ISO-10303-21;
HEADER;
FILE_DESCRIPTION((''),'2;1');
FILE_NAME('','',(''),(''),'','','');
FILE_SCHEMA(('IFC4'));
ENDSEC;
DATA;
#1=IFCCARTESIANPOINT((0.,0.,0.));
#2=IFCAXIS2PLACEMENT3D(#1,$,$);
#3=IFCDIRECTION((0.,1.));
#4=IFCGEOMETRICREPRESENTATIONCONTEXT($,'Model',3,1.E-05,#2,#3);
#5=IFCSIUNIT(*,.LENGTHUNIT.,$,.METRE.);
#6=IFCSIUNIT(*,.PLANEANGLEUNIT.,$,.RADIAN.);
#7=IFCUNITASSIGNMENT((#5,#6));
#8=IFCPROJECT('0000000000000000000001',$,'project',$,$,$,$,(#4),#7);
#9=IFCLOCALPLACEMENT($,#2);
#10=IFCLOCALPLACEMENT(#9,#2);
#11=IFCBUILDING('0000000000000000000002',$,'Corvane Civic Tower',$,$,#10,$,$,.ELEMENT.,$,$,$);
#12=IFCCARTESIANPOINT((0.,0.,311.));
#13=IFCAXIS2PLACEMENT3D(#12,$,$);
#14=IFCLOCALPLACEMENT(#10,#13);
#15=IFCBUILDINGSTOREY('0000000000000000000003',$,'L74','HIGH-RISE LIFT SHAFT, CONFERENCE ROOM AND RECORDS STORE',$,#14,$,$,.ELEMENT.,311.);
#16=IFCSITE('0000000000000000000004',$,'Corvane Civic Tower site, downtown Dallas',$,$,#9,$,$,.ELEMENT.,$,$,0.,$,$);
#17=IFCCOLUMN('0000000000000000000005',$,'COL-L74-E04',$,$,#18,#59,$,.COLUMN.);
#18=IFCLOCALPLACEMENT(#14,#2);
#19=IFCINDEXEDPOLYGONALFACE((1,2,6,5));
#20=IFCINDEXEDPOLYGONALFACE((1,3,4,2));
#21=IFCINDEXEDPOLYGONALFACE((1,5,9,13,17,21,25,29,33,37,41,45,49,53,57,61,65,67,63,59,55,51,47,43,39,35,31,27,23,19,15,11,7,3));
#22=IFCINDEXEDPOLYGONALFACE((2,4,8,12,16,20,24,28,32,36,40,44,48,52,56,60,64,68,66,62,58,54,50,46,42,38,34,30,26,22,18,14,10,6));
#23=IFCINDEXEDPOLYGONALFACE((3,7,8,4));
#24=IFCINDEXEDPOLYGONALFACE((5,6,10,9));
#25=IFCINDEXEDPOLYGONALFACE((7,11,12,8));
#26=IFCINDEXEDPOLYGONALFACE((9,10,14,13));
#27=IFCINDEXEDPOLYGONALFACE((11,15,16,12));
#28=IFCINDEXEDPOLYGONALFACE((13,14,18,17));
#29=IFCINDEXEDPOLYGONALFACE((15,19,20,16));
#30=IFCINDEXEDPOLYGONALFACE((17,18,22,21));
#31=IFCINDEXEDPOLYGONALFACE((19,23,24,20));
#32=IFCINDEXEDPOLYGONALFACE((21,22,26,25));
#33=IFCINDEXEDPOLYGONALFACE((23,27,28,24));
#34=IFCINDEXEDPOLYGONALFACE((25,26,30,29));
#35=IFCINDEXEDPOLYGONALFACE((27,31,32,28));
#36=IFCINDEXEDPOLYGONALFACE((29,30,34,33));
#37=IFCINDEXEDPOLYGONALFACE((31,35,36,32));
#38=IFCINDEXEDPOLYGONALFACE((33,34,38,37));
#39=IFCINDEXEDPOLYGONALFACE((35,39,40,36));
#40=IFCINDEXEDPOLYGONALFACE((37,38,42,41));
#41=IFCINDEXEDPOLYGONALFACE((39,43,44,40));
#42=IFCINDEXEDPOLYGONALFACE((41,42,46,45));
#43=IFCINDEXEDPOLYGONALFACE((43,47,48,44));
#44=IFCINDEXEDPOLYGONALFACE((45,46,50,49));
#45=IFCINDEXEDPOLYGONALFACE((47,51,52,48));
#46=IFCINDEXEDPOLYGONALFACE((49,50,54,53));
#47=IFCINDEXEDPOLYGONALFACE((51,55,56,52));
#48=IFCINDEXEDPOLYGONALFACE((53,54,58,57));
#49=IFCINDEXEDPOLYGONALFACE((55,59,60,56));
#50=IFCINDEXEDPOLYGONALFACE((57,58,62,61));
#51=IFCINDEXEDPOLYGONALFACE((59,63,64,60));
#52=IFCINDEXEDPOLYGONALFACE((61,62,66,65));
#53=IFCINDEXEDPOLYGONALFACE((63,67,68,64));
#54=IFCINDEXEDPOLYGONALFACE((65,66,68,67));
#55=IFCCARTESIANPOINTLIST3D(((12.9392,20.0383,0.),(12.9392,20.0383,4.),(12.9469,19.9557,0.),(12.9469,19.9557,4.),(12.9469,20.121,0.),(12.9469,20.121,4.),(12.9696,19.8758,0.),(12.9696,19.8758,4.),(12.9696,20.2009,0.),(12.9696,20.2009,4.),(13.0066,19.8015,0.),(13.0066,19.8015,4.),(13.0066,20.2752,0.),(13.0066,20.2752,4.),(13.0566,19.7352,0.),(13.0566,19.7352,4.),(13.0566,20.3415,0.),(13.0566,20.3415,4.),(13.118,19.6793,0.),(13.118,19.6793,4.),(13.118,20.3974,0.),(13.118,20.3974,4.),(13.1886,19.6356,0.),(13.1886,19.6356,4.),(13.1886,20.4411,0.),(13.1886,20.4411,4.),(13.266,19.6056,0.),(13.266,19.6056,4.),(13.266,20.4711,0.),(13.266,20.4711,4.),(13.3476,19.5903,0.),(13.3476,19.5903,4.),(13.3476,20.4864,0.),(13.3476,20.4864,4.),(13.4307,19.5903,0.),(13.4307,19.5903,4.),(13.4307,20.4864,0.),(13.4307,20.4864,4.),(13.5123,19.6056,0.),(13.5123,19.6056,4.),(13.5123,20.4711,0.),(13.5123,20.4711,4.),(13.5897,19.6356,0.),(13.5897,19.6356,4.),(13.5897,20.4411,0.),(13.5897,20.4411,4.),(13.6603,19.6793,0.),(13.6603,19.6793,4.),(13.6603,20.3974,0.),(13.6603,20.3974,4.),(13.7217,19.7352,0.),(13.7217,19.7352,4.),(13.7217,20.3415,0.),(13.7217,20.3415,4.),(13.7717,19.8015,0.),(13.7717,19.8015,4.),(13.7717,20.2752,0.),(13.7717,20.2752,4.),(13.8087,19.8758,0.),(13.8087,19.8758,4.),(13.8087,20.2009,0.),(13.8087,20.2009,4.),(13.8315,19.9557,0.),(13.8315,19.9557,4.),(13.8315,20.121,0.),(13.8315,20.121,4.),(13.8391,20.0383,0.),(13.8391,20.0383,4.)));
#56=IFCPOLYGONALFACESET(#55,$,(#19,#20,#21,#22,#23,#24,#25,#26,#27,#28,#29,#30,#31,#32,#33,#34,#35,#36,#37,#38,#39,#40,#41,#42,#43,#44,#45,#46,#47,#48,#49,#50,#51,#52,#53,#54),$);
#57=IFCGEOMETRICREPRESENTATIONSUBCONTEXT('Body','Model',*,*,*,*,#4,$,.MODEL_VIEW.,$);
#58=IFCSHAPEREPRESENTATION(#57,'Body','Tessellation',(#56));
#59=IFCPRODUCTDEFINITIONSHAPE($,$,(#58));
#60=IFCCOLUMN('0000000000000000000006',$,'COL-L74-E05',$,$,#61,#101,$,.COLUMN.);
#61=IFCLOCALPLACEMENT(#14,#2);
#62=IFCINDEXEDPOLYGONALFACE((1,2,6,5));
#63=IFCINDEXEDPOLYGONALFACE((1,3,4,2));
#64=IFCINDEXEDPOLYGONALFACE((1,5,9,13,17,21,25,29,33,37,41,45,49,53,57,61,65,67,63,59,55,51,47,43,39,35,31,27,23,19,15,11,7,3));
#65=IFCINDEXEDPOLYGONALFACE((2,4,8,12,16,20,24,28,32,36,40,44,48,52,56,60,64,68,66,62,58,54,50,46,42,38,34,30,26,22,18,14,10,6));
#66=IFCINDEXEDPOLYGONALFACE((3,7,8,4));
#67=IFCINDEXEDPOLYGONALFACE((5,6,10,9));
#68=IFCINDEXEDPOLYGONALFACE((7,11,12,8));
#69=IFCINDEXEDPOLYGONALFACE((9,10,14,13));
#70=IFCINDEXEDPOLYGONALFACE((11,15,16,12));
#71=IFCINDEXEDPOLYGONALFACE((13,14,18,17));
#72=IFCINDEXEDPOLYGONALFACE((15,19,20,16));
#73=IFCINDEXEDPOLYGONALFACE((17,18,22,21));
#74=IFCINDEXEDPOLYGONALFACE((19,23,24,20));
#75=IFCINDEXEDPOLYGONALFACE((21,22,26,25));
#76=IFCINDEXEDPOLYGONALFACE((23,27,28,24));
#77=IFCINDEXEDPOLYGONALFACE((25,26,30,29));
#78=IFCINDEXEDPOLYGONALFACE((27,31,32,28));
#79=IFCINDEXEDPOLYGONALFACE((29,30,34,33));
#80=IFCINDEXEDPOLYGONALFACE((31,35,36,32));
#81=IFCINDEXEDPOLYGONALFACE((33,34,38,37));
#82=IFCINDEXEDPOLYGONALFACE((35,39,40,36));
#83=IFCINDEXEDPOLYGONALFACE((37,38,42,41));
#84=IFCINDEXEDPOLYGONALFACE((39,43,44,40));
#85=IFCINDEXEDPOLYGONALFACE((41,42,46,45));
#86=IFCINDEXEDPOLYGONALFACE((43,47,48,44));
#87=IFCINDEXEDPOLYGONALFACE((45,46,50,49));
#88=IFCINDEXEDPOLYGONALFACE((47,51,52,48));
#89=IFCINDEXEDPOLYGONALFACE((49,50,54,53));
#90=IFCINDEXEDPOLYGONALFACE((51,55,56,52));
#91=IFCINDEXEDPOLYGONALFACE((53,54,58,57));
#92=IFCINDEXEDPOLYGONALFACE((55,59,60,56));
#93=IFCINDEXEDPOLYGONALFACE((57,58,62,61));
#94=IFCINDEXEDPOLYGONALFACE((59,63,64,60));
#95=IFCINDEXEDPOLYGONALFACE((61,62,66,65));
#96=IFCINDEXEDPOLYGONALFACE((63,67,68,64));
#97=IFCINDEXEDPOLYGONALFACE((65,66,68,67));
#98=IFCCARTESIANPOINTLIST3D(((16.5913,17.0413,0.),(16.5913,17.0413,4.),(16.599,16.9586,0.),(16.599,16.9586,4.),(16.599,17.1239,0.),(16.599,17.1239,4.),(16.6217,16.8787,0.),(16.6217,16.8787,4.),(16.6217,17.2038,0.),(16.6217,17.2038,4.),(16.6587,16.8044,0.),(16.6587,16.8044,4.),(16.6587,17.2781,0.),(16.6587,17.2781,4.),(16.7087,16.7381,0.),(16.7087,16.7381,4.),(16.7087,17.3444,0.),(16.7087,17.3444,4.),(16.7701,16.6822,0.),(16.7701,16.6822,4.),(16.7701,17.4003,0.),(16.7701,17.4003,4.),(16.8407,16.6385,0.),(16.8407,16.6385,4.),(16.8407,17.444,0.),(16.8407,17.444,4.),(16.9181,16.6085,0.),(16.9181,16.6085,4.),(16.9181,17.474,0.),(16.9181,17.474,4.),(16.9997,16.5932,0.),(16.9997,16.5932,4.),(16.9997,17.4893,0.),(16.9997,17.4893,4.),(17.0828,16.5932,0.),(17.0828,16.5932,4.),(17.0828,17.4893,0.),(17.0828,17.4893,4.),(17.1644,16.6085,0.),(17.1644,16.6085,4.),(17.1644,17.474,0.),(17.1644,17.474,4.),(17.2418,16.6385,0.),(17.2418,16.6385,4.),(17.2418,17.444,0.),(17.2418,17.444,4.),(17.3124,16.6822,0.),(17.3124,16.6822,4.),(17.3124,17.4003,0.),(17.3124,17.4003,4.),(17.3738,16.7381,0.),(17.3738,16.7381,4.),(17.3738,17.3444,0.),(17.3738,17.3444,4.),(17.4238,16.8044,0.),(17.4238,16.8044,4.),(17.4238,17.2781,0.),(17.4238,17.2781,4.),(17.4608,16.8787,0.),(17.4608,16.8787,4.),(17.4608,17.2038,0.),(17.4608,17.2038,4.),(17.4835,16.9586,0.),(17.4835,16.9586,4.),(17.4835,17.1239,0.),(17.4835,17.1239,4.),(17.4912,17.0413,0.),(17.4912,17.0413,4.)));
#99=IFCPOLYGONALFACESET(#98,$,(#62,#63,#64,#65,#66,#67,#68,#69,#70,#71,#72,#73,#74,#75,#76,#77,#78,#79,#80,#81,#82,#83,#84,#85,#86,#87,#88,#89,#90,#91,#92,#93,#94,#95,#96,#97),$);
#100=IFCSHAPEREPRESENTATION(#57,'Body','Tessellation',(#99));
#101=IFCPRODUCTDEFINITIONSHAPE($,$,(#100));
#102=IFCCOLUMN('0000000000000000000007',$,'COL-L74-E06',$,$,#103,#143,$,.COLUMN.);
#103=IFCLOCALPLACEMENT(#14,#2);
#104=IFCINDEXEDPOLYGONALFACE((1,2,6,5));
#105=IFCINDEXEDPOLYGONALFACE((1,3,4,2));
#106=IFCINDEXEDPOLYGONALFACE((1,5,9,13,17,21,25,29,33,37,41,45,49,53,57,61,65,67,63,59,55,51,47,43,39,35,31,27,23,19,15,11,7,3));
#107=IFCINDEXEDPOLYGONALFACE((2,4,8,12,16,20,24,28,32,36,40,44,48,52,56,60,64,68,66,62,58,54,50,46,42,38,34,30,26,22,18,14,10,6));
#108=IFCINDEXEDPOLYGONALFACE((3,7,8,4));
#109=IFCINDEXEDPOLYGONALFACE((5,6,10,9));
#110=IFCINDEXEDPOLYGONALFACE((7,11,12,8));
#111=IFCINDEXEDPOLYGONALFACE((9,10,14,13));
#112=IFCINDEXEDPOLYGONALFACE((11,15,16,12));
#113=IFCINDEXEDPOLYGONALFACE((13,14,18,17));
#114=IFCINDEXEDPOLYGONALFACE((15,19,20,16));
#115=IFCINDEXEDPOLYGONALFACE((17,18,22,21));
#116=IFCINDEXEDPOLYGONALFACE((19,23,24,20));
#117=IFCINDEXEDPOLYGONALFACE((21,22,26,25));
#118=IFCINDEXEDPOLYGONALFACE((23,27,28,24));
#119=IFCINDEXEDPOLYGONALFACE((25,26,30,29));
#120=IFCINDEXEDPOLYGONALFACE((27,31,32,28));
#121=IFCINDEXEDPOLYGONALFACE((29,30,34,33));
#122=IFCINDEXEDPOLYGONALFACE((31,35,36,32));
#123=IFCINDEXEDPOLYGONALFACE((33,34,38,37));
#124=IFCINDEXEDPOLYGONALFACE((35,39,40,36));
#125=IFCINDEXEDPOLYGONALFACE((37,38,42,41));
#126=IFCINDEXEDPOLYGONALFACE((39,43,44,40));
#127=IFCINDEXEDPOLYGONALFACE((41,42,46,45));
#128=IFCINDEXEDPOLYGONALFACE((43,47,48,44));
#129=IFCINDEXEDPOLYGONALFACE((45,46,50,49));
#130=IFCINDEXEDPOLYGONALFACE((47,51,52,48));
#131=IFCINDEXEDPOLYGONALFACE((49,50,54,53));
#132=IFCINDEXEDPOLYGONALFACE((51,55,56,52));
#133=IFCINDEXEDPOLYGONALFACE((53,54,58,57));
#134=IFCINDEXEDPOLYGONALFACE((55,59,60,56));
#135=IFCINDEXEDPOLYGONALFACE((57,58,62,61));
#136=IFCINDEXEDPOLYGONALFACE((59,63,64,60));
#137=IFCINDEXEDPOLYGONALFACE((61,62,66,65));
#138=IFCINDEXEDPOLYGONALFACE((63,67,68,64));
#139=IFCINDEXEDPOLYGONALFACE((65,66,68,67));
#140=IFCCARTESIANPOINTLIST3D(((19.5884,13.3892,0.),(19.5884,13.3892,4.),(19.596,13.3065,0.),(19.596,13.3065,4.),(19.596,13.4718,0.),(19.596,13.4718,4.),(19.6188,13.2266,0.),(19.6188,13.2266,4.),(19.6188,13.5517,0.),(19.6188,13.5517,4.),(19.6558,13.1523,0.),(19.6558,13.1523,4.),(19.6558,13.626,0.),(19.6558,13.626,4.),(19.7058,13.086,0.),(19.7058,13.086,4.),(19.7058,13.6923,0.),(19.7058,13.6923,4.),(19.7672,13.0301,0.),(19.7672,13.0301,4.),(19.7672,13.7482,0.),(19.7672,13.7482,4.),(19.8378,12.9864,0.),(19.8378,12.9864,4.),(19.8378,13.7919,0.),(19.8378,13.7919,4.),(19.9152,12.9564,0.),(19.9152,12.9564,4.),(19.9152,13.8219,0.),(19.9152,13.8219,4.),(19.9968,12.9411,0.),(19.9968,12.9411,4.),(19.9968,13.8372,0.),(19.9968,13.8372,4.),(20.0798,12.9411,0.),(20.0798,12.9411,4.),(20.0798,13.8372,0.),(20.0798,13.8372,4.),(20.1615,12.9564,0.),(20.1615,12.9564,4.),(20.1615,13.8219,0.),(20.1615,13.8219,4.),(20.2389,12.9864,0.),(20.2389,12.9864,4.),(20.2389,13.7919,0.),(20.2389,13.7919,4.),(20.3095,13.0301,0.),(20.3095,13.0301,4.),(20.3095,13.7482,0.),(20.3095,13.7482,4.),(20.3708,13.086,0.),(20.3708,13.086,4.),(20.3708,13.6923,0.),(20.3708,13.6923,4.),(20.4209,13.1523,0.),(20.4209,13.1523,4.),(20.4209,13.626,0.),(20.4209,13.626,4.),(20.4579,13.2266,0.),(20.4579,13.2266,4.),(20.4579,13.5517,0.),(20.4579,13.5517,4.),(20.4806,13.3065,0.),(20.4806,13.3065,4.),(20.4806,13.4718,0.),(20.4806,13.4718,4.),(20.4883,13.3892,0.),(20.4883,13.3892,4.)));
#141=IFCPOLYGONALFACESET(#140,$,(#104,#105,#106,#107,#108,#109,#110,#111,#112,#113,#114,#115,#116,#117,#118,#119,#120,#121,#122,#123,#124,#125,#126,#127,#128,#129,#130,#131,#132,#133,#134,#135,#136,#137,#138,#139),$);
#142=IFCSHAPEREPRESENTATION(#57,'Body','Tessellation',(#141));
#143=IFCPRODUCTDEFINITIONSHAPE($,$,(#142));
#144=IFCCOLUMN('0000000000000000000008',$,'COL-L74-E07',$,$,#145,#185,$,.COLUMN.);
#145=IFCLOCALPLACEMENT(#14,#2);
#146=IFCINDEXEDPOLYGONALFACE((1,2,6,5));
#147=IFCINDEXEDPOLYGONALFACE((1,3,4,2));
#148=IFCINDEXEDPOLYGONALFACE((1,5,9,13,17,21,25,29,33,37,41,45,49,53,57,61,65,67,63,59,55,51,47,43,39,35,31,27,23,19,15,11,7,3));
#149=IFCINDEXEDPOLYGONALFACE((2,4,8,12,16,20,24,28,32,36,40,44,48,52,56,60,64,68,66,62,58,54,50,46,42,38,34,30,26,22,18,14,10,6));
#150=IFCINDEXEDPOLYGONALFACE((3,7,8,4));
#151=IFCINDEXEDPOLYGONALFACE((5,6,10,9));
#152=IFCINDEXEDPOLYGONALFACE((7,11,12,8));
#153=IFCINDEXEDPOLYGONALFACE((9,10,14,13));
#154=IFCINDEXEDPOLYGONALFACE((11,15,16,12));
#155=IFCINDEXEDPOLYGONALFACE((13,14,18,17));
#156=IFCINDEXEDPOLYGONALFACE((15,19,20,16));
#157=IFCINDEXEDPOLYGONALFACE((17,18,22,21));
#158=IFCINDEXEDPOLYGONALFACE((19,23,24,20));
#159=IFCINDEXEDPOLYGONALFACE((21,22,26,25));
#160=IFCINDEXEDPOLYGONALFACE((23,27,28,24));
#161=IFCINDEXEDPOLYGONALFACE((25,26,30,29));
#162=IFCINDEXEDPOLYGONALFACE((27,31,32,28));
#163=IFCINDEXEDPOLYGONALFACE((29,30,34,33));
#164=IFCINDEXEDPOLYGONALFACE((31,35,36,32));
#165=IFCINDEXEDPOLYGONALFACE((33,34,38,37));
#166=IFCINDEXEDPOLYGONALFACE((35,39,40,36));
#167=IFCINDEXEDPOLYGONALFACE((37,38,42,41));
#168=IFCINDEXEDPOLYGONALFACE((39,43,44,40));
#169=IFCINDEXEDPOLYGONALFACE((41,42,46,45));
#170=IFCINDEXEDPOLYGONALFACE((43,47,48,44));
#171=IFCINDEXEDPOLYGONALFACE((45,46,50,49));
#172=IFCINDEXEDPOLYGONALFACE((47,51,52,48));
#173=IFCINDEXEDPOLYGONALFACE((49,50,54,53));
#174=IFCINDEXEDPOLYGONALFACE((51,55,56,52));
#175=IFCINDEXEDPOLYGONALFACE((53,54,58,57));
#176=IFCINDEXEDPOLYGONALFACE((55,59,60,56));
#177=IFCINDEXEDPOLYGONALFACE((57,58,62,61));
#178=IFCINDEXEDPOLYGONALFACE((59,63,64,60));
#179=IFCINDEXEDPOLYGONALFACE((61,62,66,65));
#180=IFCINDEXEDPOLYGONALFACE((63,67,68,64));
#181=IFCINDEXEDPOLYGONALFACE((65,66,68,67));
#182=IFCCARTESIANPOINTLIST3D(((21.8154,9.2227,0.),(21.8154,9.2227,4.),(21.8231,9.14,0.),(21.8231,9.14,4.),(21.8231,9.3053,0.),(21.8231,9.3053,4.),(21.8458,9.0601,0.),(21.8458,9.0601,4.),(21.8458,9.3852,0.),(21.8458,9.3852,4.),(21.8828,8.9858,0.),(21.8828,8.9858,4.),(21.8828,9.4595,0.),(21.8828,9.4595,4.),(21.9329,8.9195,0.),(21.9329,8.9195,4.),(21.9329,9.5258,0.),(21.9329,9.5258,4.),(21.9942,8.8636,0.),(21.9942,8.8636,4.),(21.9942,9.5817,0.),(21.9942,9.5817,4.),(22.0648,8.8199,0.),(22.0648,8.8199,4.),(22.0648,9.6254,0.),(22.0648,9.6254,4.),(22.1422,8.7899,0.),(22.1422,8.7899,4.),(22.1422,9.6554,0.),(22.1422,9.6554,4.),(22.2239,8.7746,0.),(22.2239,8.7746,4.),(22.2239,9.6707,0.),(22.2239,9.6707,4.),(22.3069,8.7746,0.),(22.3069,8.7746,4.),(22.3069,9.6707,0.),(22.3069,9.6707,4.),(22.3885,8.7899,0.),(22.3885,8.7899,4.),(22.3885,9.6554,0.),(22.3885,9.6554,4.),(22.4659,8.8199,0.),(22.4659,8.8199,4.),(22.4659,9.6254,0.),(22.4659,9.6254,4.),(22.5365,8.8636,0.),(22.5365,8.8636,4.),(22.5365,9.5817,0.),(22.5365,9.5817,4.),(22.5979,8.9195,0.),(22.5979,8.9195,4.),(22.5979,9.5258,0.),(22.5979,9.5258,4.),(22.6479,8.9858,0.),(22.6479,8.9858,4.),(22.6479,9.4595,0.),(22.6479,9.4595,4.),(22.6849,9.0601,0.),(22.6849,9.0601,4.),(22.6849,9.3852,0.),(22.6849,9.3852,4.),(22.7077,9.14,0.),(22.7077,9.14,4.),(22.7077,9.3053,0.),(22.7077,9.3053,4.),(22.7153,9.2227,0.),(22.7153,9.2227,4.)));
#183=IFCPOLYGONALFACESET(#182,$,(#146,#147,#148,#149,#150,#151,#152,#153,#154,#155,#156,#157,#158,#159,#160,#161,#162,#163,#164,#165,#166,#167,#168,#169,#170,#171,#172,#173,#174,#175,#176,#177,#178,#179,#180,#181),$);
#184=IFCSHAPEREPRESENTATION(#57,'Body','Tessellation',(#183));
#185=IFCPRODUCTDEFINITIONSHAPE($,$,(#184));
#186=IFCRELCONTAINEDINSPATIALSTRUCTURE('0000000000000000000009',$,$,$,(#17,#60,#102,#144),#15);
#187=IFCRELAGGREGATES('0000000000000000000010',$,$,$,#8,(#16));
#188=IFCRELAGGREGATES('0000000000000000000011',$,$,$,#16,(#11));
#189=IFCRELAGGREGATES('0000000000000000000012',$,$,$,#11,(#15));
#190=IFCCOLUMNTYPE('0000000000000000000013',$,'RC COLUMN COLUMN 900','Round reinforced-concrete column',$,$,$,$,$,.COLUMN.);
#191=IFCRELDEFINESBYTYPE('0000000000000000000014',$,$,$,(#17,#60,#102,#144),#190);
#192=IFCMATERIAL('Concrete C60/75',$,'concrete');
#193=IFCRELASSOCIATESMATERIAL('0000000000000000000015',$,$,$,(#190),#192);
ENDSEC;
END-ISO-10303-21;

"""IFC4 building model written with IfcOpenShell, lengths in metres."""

from ifc_helpers import new_model, si_unit, direction, frame, origin, origin_2d, place, context, subcontext, project, spatial, circle, extrude, material, material_profile, profile_set, type_object, element, save


model = new_model("IFC4")

# Units and contexts
model_context = context("Model", 3, precision=1e-05, world=origin(), true_north=direction((0.0, 1.0)))
body_context = subcontext(model_context, "Body", "Model", "MODEL_VIEW")
ifc_project = project(units=[si_unit("LENGTHUNIT", "METRE"), si_unit("PLANEANGLEUNIT", "RADIAN")], contexts=[model_context])

# Site, building, storey
site_placement = place(None, origin())
site = spatial("IfcSite", under=ifc_project, at=site_placement, Name="Corvane Civic Tower site, downtown Dallas", CompositionType="ELEMENT", RefElevation=0.0)
building_placement = place(site_placement, origin())
building = spatial("IfcBuilding", under=site, at=building_placement, Name="Corvane Civic Tower", CompositionType="ELEMENT")
storey_placement = place(building_placement, frame((0.0, 0.0, 311.0)))
storey = spatial("IfcBuildingStorey", under=building, at=storey_placement, Name="L74", Description="HIGH-RISE LIFT SHAFT, CONFERENCE ROOM AND RECORDS STORE", CompositionType="ELEMENT", Elevation=311.0)

# Columns
ifc_material_1 = material(Name="Concrete C60/75", Category="concrete")
ifc_material_profile_1 = material_profile(ifc_material_1, circle(Radius=0.45, at=origin_2d()), Name="COLUMN 900")
ifc_profile_set_1 = profile_set([ifc_material_profile_1], Name="Concrete C60/75")
column_type = type_object("IfcColumnType", Name="RC COLUMN COLUMN 900", Description="Round reinforced-concrete column", PredefinedType="COLUMN", material=ifc_profile_set_1)
for number, where, z_axis, x_axis, name in (
    (1, (13.3892, 20.0383, 0.0), (0.0, 0.0, 1.0), (1.0, 0.0, 0.0), "COL-L74-E04"),
    (2, (17.0413, 17.0413, 0.0), (0.0, 0.0, 1.0), (1.0, 0.0, 0.0), "COL-L74-E05"),
    (3, (20.0383, 13.3892, 0.0), (0.0, 0.0, 1.0), (1.0, 0.0, 0.0), "COL-L74-E06"),
    (4, (22.2654, 9.2227, 0.0), (0.0, 0.0, 1.0), (1.0, 0.0, 0.0), "COL-L74-E07"),
):
    element("IfcColumn", number, at=place(storey_placement, frame(where, z_axis=z_axis, x_axis=x_axis)), inside=storey, type_object=column_type, Name=name, PredefinedType="COLUMN", context=body_context, shape_type="SweptSolid", body=[
        extrude(circle(Radius=0.45, at=origin_2d()), origin(), (0.0, 0.0, 1.0), 4.0),
    ])

save(model, "model.ifc")
